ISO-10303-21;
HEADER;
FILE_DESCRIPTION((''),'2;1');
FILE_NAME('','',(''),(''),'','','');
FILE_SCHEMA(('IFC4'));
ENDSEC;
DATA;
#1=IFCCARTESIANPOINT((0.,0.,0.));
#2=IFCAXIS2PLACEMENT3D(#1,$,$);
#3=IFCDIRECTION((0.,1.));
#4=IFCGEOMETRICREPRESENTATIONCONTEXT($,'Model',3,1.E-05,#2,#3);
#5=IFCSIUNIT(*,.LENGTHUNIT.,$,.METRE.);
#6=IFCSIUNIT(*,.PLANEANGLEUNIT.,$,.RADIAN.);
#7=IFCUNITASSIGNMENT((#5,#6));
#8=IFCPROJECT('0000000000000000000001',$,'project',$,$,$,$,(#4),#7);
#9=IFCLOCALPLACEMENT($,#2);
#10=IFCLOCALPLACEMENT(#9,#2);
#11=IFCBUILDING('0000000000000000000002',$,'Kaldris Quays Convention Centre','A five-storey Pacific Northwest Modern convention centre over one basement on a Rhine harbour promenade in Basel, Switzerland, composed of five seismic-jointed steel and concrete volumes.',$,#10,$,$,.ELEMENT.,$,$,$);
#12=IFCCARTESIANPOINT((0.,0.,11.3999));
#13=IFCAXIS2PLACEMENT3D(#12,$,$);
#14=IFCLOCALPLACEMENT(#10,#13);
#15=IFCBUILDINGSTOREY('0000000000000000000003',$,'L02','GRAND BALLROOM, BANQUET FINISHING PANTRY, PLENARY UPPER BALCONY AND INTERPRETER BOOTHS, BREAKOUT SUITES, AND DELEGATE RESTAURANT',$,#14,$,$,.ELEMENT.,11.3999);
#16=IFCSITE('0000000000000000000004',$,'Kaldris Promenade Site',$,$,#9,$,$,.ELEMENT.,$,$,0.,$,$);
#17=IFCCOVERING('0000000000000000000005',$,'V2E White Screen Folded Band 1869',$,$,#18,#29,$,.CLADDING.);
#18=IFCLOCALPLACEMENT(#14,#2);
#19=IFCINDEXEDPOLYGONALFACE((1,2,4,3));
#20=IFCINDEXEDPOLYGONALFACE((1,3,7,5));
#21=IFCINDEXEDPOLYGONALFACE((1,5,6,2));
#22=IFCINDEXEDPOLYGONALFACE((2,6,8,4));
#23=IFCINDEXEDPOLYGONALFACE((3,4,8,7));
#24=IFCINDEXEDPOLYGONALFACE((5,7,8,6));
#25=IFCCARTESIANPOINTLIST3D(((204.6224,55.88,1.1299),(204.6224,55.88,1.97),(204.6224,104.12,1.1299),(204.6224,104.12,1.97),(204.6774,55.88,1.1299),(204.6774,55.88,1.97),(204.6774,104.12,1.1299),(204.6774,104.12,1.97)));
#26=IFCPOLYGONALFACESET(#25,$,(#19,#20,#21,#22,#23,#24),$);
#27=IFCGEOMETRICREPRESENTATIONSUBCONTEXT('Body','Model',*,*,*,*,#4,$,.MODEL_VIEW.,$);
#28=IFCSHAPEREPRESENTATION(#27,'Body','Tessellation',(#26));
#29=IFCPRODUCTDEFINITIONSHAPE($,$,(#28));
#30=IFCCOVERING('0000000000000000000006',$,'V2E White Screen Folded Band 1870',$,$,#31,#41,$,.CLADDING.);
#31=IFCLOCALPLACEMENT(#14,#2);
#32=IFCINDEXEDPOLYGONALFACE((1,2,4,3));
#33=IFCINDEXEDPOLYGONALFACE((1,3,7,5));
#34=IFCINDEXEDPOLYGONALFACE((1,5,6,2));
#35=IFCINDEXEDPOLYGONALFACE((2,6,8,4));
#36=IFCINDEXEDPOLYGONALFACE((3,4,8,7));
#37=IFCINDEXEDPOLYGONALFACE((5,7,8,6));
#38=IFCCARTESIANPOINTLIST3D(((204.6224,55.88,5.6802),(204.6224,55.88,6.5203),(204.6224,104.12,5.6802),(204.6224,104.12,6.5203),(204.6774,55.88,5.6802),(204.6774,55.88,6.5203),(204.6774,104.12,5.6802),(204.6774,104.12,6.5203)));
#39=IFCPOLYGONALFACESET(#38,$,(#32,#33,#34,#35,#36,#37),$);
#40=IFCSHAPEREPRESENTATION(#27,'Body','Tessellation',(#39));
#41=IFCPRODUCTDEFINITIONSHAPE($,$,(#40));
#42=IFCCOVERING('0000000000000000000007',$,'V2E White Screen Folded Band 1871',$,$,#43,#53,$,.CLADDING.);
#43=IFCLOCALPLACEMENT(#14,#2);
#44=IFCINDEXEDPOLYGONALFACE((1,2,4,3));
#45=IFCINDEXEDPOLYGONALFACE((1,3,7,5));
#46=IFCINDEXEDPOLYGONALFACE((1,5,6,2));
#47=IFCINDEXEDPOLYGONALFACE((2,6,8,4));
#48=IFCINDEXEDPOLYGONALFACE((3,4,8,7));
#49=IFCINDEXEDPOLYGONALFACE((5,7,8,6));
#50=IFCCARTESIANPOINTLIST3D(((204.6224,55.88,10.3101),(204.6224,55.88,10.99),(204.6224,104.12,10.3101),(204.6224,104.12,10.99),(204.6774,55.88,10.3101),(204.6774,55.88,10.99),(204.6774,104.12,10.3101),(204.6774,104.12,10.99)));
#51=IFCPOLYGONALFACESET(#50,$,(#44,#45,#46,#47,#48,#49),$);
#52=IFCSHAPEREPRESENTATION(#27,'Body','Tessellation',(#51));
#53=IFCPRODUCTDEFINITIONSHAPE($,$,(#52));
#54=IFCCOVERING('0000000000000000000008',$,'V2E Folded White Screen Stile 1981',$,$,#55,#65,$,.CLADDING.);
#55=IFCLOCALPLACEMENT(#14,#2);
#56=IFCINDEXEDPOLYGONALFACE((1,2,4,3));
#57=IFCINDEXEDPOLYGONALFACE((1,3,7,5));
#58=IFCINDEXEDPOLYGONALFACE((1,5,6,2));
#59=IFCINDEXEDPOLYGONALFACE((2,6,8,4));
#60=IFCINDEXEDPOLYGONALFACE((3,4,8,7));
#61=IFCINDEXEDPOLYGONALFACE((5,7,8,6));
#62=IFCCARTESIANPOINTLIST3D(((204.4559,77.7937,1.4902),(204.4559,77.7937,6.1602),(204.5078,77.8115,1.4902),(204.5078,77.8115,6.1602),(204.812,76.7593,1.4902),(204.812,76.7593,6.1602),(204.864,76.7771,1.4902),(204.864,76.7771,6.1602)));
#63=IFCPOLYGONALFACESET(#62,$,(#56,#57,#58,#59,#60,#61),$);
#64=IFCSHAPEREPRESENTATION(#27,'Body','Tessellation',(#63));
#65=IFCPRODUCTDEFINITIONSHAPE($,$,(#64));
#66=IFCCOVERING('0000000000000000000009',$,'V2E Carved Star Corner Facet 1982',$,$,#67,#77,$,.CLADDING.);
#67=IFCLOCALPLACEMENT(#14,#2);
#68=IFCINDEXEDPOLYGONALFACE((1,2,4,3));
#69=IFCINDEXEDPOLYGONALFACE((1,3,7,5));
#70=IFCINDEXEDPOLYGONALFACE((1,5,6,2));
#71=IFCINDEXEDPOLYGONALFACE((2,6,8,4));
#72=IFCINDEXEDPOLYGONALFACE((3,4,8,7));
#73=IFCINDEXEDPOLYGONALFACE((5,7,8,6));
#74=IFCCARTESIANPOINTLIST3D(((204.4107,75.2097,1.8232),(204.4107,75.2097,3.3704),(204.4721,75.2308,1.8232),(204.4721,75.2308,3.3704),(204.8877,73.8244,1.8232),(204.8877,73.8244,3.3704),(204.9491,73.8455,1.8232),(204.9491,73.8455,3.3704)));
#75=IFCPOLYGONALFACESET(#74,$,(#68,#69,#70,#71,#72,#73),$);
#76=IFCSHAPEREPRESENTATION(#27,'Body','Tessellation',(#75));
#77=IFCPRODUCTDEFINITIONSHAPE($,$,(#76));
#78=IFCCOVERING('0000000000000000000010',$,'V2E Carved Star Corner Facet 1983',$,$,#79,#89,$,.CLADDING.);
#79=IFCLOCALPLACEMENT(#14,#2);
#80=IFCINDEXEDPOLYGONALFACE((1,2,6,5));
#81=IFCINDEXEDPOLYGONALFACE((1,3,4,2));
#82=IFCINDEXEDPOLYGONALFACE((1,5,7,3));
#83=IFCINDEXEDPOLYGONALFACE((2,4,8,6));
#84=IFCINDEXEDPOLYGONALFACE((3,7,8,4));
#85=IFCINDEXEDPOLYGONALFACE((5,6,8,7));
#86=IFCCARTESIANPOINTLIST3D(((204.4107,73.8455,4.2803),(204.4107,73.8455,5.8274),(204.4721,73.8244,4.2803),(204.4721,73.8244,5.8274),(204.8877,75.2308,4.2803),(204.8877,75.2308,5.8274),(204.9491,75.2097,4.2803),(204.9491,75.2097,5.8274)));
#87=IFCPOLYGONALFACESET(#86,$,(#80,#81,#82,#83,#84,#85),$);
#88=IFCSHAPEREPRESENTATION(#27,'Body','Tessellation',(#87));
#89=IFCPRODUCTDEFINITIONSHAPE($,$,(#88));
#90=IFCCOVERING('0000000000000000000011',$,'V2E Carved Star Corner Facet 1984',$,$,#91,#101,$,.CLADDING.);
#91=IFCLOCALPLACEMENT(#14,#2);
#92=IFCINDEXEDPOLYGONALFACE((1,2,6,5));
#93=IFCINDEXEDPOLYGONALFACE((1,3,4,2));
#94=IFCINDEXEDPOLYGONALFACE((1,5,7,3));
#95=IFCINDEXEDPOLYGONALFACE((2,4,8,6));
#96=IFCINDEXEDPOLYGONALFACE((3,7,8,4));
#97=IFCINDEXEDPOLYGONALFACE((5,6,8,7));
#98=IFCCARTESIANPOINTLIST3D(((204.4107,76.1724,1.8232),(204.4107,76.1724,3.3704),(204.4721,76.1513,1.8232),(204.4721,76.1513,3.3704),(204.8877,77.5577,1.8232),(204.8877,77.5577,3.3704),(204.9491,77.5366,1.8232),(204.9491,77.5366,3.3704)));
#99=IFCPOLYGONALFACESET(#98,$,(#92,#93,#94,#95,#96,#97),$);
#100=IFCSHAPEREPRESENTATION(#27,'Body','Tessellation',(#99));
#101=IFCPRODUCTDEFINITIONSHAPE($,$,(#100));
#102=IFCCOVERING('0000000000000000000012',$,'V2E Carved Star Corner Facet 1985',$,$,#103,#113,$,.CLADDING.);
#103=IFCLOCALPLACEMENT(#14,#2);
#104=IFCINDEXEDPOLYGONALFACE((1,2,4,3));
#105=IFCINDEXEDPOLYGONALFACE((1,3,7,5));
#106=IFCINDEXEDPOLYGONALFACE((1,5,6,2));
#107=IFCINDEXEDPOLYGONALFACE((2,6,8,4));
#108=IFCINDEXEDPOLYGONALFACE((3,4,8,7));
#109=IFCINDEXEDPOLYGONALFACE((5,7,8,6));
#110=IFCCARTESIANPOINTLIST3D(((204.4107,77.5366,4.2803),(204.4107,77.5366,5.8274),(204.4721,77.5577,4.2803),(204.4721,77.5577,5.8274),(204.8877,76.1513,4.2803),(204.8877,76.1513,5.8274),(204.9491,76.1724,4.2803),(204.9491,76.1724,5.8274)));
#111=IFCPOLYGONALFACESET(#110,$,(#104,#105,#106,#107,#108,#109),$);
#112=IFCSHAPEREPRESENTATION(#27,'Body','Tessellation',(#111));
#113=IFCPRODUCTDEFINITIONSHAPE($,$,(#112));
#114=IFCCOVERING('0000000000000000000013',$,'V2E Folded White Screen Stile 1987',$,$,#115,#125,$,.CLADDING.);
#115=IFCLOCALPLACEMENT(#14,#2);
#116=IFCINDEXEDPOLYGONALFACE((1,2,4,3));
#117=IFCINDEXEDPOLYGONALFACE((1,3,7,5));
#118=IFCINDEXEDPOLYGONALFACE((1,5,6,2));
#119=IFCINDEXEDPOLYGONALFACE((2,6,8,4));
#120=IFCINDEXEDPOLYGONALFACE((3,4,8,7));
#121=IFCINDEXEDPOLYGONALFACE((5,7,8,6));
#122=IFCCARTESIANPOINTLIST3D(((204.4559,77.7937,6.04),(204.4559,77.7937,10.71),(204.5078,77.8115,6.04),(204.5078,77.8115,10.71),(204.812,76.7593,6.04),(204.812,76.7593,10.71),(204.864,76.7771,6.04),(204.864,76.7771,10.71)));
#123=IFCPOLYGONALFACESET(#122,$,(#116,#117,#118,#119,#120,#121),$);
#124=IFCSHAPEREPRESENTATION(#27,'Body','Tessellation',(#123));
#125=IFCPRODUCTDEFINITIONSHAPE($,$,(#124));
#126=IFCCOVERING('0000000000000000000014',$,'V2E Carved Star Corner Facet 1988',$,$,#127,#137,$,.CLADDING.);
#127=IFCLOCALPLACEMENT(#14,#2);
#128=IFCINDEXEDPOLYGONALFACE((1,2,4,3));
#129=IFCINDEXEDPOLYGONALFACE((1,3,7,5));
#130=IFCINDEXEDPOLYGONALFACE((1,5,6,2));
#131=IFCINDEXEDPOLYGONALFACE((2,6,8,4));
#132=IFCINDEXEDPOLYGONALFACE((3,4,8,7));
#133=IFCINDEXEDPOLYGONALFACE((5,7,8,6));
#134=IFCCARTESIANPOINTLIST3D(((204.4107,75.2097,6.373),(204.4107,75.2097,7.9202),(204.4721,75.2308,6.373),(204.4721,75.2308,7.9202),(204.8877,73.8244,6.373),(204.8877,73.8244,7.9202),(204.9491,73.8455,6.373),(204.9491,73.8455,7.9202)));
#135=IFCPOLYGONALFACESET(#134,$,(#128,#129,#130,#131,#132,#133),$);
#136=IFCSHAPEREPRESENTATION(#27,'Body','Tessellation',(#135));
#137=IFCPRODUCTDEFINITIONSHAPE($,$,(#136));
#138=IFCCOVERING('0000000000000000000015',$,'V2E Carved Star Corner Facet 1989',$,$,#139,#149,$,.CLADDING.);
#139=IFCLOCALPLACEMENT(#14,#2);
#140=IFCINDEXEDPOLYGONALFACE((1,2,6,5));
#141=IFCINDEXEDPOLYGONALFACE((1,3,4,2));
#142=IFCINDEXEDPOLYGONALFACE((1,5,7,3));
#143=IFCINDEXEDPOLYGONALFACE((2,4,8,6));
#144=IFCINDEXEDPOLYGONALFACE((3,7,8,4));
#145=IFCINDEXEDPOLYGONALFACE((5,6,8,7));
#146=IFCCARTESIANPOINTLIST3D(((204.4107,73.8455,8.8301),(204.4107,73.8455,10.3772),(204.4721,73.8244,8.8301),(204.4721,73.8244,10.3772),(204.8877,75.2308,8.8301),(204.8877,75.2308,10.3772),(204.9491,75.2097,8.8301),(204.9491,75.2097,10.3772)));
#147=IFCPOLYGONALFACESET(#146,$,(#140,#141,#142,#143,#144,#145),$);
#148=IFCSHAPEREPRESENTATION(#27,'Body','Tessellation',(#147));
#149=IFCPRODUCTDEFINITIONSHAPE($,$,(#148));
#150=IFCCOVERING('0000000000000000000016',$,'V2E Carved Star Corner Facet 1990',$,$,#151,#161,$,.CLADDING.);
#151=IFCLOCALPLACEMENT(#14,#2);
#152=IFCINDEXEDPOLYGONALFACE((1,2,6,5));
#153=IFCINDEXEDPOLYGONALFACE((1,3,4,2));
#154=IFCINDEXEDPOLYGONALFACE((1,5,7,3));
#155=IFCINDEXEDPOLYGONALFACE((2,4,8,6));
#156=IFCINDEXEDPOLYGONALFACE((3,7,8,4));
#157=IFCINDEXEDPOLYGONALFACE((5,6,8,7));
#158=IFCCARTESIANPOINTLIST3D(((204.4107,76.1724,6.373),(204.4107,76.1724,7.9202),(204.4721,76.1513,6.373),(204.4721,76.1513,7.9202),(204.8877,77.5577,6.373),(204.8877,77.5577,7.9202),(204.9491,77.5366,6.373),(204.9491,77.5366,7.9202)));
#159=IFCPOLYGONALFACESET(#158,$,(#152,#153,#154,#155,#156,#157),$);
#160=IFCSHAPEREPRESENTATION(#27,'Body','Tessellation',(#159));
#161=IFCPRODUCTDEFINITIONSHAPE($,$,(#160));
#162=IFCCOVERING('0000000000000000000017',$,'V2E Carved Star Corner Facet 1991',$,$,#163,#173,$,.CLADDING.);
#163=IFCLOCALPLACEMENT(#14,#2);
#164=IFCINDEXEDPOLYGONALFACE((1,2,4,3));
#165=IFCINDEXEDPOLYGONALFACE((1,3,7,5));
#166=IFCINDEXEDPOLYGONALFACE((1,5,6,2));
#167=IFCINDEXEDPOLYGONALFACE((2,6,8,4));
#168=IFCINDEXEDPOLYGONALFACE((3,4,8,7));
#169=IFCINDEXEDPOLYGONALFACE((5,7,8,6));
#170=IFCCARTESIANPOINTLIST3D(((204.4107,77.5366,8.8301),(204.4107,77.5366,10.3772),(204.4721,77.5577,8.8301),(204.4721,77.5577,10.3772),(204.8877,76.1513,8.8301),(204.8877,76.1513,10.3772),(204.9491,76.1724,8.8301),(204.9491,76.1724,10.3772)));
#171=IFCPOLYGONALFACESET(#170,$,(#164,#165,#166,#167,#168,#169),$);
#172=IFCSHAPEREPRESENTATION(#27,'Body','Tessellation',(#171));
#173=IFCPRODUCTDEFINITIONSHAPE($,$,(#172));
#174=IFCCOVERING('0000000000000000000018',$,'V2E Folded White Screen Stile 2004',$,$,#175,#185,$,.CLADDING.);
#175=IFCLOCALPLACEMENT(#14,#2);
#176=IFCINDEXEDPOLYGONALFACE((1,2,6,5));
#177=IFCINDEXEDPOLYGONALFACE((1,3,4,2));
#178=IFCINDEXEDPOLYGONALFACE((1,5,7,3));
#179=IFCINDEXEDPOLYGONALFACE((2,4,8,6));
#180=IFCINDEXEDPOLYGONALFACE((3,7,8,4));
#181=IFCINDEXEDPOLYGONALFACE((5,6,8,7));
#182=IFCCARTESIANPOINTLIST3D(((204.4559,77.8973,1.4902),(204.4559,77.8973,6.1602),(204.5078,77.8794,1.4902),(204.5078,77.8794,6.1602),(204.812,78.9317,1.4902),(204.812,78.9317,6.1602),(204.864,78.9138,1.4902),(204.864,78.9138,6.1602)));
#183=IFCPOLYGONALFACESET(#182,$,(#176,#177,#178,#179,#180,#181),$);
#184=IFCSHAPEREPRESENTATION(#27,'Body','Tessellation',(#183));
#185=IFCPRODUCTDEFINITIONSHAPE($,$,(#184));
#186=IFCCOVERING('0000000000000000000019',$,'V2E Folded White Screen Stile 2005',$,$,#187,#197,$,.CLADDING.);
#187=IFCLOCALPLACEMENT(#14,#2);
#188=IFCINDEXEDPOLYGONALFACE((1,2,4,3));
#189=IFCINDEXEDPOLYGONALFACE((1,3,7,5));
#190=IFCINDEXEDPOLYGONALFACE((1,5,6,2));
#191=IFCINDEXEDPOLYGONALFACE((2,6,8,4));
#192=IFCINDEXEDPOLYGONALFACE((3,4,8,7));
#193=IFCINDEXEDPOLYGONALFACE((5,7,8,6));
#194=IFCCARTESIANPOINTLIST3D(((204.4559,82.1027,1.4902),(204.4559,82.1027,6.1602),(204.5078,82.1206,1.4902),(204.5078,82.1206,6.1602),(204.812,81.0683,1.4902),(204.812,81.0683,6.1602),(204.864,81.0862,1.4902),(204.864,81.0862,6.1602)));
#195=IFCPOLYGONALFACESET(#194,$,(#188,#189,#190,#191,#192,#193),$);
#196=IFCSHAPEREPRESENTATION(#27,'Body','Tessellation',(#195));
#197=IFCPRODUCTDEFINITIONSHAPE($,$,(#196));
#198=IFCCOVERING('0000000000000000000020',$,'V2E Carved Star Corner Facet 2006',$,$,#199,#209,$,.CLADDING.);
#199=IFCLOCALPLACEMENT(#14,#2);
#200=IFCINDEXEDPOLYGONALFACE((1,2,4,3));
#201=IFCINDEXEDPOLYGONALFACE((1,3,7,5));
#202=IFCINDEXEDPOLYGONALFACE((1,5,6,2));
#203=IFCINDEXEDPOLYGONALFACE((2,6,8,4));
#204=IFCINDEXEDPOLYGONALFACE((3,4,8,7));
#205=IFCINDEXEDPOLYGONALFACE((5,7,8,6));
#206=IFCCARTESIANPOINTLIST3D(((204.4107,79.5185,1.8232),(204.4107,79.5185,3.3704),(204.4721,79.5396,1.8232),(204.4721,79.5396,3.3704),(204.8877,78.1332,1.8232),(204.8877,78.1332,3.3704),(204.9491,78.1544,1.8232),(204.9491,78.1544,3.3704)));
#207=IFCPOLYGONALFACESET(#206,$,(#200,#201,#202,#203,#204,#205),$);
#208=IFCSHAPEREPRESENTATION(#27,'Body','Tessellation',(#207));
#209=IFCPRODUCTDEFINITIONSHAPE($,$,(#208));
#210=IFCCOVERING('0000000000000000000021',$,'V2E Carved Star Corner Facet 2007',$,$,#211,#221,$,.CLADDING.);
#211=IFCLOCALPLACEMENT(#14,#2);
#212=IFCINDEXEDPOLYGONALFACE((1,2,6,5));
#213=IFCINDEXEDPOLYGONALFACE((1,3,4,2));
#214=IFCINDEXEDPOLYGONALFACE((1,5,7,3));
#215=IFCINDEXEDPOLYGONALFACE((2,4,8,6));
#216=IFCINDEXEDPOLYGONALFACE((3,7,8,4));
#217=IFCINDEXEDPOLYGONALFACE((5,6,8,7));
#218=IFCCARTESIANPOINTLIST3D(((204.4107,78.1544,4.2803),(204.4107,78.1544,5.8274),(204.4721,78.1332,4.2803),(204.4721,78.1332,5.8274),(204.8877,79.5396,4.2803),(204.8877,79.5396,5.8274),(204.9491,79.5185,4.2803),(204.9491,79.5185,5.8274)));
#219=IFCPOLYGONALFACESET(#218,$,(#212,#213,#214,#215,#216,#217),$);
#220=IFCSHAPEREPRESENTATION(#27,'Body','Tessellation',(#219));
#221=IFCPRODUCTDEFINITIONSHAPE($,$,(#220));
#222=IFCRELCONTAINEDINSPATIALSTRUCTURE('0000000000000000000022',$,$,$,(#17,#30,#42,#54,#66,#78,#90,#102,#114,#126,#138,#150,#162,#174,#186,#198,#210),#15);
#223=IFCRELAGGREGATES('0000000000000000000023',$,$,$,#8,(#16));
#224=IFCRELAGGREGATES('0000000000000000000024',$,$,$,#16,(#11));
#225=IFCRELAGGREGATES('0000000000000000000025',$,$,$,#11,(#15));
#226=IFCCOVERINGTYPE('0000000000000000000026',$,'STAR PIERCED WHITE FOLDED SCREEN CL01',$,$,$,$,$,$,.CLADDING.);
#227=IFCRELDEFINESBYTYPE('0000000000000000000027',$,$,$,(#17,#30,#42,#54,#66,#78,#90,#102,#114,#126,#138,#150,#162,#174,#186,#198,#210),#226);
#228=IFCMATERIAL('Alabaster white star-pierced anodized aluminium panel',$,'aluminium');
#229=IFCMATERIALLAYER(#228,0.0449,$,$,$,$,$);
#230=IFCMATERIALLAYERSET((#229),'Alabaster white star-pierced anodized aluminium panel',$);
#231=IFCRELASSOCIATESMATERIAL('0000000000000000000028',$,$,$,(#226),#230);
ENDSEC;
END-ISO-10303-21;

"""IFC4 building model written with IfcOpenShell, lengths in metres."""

from ifc_helpers import new_model, si_unit, direction, frame, origin, origin_2d, place, context, subcontext, project, spatial, rectangle, extrude, material, layer, layer_set, type_object, element, save


model = new_model("IFC4")

# Units and contexts
model_context = context("Model", 3, precision=1e-05, world=origin(), true_north=direction((0.0, 1.0)))
body_context = subcontext(model_context, "Body", "Model", "MODEL_VIEW")
ifc_project = project(units=[si_unit("LENGTHUNIT", "METRE"), si_unit("PLANEANGLEUNIT", "RADIAN")], contexts=[model_context])

# Site, building, storey
site_placement = place(None, origin())
site = spatial("IfcSite", under=ifc_project, at=site_placement, Name="Kaldris Promenade Site", CompositionType="ELEMENT", RefElevation=0.0)
building_placement = place(site_placement, origin())
building = spatial("IfcBuilding", under=site, at=building_placement, Name="Kaldris Quays Convention Centre", Description="A five-storey Pacific Northwest Modern convention centre over one basement on a Rhine harbour promenade in Basel, Switzerland, composed of five seismic-jointed steel and concrete volumes.", CompositionType="ELEMENT")
storey_placement = place(building_placement, frame((0.0, 0.0, 11.3999)))
storey = spatial("IfcBuildingStorey", under=building, at=storey_placement, Name="L02", Description="GRAND BALLROOM, BANQUET FINISHING PANTRY, PLENARY UPPER BALCONY AND INTERPRETER BOOTHS, BREAKOUT SUITES, AND DELEGATE RESTAURANT", CompositionType="ELEMENT", Elevation=11.3999)

# Coverings
ifc_material_1 = material(Name="Alabaster white star-pierced anodized aluminium panel", Category="aluminium")
ifc_layer = layer(ifc_material_1, 0.0449)
ifc_layer_set = layer_set([ifc_layer], Name="Alabaster white star-pierced anodized aluminium panel")
covering_type = type_object("IfcCoveringType", Name="STAR PIERCED WHITE FOLDED SCREEN CL01", PredefinedType="CLADDING", material=ifc_layer_set)
for number, where, z_axis, x_axis, name in (
    (1, (204.6499, 80.0, 1.1299), (0.0, 0.0, 1.0), (0.0, 1.0, 0.0), "V2E White Screen Folded Band 1869"),
    (2, (204.6499, 80.0, 5.6802), (0.0, 0.0, 1.0), (0.0, 1.0, 0.0), "V2E White Screen Folded Band 1870"),
):
    element("IfcCovering", number, at=place(storey_placement, frame(where, z_axis=z_axis, x_axis=x_axis)), inside=storey, type_object=covering_type, Name=name, PredefinedType="CLADDING", context=body_context, shape_type="SweptSolid", body=[
        extrude(rectangle(XDim=48.24, YDim=0.0549, at=origin_2d()), origin(), (0.0, 0.0, 1.0), 0.8401),
    ])
covering_1_placement = place(storey_placement, frame((204.6499, 80.0, 10.3101), z_axis=(0.0, 0.0, 1.0), x_axis=(0.0, 1.0, 0.0)))
element("IfcCovering", 3, at=covering_1_placement, inside=storey, type_object=covering_type, Name="V2E White Screen Folded Band 1871", PredefinedType="CLADDING", context=body_context, shape_type="SweptSolid", body=[
    extrude(rectangle(XDim=48.24, YDim=0.0549, at=origin_2d()), origin(), (0.0, 0.0, 1.0), 0.6799),
])
covering_2_placement = place(storey_placement, frame((204.6599, 77.2854, 1.4902), z_axis=(0.0, 0.0, 1.0), x_axis=(-0.325568, 0.945519, 0.0)))
element("IfcCovering", 4, at=covering_2_placement, inside=storey, type_object=covering_type, Name="V2E Folded White Screen Stile 1981", PredefinedType="CLADDING", context=body_context, shape_type="SweptSolid", body=[
    extrude(rectangle(XDim=1.094, YDim=0.0549, at=origin_2d()), origin(), (0.0, 0.0, 1.0), 4.6699),
])
for number, where, z_axis, x_axis, name in (
    (5, (204.6799, 74.5276, 1.8232), (0.0, 0.0, 1.0), (-0.325568, 0.945519, 0.0), "V2E Carved Star Corner Facet 1982"),
    (6, (204.6799, 74.5276, 4.2803), (0.0, 0.0, 1.0), (0.325568, 0.945519, 0.0), "V2E Carved Star Corner Facet 1983"),
    (7, (204.6799, 76.8545, 1.8232), (0.0, 0.0, 1.0), (0.325568, 0.945519, 0.0), "V2E Carved Star Corner Facet 1984"),
    (8, (204.6799, 76.8545, 4.2803), (0.0, 0.0, 1.0), (-0.325568, 0.945519, 0.0), "V2E Carved Star Corner Facet 1985"),
):
    element("IfcCovering", number, at=place(storey_placement, frame(where, z_axis=z_axis, x_axis=x_axis)), inside=storey, type_object=covering_type, Name=name, PredefinedType="CLADDING", context=body_context, shape_type="SweptSolid", body=[
        extrude(rectangle(XDim=1.4651, YDim=0.0649, at=origin_2d()), origin(), (0.0, 0.0, 1.0), 1.5471),
    ])
covering_3_placement = place(storey_placement, frame((204.6599, 77.2854, 6.04), z_axis=(0.0, 0.0, 1.0), x_axis=(-0.325568, 0.945519, 0.0)))
element("IfcCovering", 9, at=covering_3_placement, inside=storey, type_object=covering_type, Name="V2E Folded White Screen Stile 1987", PredefinedType="CLADDING", context=body_context, shape_type="SweptSolid", body=[
    extrude(rectangle(XDim=1.094, YDim=0.0549, at=origin_2d()), origin(), (0.0, 0.0, 1.0), 4.6699),
])
for number, where, z_axis, x_axis, name in (
    (10, (204.6799, 74.5276, 6.373), (0.0, 0.0, 1.0), (-0.325568, 0.945519, 0.0), "V2E Carved Star Corner Facet 1988"),
    (11, (204.6799, 74.5276, 8.8301), (0.0, 0.0, 1.0), (0.325568, 0.945519, 0.0), "V2E Carved Star Corner Facet 1989"),
    (12, (204.6799, 76.8545, 6.373), (0.0, 0.0, 1.0), (0.325568, 0.945519, 0.0), "V2E Carved Star Corner Facet 1990"),
    (13, (204.6799, 76.8545, 8.8301), (0.0, 0.0, 1.0), (-0.325568, 0.945519, 0.0), "V2E Carved Star Corner Facet 1991"),
):
    element("IfcCovering", number, at=place(storey_placement, frame(where, z_axis=z_axis, x_axis=x_axis)), inside=storey, type_object=covering_type, Name=name, PredefinedType="CLADDING", context=body_context, shape_type="SweptSolid", body=[
        extrude(rectangle(XDim=1.4651, YDim=0.0649, at=origin_2d()), origin(), (0.0, 0.0, 1.0), 1.5471),
    ])
for number, where, z_axis, x_axis, name in (
    (14, (204.6599, 78.4055, 1.4902), (0.0, 0.0, 1.0), (0.325568, 0.945519, 0.0), "V2E Folded White Screen Stile 2004"),
    (15, (204.6599, 81.5945, 1.4902), (0.0, 0.0, 1.0), (-0.325568, 0.945519, 0.0), "V2E Folded White Screen Stile 2005"),
):
    element("IfcCovering", number, at=place(storey_placement, frame(where, z_axis=z_axis, x_axis=x_axis)), inside=storey, type_object=covering_type, Name=name, PredefinedType="CLADDING", context=body_context, shape_type="SweptSolid", body=[
        extrude(rectangle(XDim=1.094, YDim=0.0549, at=origin_2d()), origin(), (0.0, 0.0, 1.0), 4.6699),
    ])
for number, where, z_axis, x_axis, name in (
    (16, (204.6799, 78.8364, 1.8232), (0.0, 0.0, 1.0), (-0.325568, 0.945519, 0.0), "V2E Carved Star Corner Facet 2006"),
    (17, (204.6799, 78.8364, 4.2803), (0.0, 0.0, 1.0), (0.325568, 0.945519, 0.0), "V2E Carved Star Corner Facet 2007"),
):
    element("IfcCovering", number, at=place(storey_placement, frame(where, z_axis=z_axis, x_axis=x_axis)), inside=storey, type_object=covering_type, Name=name, PredefinedType="CLADDING", context=body_context, shape_type="SweptSolid", body=[
        extrude(rectangle(XDim=1.4651, YDim=0.0649, at=origin_2d()), origin(), (0.0, 0.0, 1.0), 1.5471),
    ])

save(model, "model.ifc")
